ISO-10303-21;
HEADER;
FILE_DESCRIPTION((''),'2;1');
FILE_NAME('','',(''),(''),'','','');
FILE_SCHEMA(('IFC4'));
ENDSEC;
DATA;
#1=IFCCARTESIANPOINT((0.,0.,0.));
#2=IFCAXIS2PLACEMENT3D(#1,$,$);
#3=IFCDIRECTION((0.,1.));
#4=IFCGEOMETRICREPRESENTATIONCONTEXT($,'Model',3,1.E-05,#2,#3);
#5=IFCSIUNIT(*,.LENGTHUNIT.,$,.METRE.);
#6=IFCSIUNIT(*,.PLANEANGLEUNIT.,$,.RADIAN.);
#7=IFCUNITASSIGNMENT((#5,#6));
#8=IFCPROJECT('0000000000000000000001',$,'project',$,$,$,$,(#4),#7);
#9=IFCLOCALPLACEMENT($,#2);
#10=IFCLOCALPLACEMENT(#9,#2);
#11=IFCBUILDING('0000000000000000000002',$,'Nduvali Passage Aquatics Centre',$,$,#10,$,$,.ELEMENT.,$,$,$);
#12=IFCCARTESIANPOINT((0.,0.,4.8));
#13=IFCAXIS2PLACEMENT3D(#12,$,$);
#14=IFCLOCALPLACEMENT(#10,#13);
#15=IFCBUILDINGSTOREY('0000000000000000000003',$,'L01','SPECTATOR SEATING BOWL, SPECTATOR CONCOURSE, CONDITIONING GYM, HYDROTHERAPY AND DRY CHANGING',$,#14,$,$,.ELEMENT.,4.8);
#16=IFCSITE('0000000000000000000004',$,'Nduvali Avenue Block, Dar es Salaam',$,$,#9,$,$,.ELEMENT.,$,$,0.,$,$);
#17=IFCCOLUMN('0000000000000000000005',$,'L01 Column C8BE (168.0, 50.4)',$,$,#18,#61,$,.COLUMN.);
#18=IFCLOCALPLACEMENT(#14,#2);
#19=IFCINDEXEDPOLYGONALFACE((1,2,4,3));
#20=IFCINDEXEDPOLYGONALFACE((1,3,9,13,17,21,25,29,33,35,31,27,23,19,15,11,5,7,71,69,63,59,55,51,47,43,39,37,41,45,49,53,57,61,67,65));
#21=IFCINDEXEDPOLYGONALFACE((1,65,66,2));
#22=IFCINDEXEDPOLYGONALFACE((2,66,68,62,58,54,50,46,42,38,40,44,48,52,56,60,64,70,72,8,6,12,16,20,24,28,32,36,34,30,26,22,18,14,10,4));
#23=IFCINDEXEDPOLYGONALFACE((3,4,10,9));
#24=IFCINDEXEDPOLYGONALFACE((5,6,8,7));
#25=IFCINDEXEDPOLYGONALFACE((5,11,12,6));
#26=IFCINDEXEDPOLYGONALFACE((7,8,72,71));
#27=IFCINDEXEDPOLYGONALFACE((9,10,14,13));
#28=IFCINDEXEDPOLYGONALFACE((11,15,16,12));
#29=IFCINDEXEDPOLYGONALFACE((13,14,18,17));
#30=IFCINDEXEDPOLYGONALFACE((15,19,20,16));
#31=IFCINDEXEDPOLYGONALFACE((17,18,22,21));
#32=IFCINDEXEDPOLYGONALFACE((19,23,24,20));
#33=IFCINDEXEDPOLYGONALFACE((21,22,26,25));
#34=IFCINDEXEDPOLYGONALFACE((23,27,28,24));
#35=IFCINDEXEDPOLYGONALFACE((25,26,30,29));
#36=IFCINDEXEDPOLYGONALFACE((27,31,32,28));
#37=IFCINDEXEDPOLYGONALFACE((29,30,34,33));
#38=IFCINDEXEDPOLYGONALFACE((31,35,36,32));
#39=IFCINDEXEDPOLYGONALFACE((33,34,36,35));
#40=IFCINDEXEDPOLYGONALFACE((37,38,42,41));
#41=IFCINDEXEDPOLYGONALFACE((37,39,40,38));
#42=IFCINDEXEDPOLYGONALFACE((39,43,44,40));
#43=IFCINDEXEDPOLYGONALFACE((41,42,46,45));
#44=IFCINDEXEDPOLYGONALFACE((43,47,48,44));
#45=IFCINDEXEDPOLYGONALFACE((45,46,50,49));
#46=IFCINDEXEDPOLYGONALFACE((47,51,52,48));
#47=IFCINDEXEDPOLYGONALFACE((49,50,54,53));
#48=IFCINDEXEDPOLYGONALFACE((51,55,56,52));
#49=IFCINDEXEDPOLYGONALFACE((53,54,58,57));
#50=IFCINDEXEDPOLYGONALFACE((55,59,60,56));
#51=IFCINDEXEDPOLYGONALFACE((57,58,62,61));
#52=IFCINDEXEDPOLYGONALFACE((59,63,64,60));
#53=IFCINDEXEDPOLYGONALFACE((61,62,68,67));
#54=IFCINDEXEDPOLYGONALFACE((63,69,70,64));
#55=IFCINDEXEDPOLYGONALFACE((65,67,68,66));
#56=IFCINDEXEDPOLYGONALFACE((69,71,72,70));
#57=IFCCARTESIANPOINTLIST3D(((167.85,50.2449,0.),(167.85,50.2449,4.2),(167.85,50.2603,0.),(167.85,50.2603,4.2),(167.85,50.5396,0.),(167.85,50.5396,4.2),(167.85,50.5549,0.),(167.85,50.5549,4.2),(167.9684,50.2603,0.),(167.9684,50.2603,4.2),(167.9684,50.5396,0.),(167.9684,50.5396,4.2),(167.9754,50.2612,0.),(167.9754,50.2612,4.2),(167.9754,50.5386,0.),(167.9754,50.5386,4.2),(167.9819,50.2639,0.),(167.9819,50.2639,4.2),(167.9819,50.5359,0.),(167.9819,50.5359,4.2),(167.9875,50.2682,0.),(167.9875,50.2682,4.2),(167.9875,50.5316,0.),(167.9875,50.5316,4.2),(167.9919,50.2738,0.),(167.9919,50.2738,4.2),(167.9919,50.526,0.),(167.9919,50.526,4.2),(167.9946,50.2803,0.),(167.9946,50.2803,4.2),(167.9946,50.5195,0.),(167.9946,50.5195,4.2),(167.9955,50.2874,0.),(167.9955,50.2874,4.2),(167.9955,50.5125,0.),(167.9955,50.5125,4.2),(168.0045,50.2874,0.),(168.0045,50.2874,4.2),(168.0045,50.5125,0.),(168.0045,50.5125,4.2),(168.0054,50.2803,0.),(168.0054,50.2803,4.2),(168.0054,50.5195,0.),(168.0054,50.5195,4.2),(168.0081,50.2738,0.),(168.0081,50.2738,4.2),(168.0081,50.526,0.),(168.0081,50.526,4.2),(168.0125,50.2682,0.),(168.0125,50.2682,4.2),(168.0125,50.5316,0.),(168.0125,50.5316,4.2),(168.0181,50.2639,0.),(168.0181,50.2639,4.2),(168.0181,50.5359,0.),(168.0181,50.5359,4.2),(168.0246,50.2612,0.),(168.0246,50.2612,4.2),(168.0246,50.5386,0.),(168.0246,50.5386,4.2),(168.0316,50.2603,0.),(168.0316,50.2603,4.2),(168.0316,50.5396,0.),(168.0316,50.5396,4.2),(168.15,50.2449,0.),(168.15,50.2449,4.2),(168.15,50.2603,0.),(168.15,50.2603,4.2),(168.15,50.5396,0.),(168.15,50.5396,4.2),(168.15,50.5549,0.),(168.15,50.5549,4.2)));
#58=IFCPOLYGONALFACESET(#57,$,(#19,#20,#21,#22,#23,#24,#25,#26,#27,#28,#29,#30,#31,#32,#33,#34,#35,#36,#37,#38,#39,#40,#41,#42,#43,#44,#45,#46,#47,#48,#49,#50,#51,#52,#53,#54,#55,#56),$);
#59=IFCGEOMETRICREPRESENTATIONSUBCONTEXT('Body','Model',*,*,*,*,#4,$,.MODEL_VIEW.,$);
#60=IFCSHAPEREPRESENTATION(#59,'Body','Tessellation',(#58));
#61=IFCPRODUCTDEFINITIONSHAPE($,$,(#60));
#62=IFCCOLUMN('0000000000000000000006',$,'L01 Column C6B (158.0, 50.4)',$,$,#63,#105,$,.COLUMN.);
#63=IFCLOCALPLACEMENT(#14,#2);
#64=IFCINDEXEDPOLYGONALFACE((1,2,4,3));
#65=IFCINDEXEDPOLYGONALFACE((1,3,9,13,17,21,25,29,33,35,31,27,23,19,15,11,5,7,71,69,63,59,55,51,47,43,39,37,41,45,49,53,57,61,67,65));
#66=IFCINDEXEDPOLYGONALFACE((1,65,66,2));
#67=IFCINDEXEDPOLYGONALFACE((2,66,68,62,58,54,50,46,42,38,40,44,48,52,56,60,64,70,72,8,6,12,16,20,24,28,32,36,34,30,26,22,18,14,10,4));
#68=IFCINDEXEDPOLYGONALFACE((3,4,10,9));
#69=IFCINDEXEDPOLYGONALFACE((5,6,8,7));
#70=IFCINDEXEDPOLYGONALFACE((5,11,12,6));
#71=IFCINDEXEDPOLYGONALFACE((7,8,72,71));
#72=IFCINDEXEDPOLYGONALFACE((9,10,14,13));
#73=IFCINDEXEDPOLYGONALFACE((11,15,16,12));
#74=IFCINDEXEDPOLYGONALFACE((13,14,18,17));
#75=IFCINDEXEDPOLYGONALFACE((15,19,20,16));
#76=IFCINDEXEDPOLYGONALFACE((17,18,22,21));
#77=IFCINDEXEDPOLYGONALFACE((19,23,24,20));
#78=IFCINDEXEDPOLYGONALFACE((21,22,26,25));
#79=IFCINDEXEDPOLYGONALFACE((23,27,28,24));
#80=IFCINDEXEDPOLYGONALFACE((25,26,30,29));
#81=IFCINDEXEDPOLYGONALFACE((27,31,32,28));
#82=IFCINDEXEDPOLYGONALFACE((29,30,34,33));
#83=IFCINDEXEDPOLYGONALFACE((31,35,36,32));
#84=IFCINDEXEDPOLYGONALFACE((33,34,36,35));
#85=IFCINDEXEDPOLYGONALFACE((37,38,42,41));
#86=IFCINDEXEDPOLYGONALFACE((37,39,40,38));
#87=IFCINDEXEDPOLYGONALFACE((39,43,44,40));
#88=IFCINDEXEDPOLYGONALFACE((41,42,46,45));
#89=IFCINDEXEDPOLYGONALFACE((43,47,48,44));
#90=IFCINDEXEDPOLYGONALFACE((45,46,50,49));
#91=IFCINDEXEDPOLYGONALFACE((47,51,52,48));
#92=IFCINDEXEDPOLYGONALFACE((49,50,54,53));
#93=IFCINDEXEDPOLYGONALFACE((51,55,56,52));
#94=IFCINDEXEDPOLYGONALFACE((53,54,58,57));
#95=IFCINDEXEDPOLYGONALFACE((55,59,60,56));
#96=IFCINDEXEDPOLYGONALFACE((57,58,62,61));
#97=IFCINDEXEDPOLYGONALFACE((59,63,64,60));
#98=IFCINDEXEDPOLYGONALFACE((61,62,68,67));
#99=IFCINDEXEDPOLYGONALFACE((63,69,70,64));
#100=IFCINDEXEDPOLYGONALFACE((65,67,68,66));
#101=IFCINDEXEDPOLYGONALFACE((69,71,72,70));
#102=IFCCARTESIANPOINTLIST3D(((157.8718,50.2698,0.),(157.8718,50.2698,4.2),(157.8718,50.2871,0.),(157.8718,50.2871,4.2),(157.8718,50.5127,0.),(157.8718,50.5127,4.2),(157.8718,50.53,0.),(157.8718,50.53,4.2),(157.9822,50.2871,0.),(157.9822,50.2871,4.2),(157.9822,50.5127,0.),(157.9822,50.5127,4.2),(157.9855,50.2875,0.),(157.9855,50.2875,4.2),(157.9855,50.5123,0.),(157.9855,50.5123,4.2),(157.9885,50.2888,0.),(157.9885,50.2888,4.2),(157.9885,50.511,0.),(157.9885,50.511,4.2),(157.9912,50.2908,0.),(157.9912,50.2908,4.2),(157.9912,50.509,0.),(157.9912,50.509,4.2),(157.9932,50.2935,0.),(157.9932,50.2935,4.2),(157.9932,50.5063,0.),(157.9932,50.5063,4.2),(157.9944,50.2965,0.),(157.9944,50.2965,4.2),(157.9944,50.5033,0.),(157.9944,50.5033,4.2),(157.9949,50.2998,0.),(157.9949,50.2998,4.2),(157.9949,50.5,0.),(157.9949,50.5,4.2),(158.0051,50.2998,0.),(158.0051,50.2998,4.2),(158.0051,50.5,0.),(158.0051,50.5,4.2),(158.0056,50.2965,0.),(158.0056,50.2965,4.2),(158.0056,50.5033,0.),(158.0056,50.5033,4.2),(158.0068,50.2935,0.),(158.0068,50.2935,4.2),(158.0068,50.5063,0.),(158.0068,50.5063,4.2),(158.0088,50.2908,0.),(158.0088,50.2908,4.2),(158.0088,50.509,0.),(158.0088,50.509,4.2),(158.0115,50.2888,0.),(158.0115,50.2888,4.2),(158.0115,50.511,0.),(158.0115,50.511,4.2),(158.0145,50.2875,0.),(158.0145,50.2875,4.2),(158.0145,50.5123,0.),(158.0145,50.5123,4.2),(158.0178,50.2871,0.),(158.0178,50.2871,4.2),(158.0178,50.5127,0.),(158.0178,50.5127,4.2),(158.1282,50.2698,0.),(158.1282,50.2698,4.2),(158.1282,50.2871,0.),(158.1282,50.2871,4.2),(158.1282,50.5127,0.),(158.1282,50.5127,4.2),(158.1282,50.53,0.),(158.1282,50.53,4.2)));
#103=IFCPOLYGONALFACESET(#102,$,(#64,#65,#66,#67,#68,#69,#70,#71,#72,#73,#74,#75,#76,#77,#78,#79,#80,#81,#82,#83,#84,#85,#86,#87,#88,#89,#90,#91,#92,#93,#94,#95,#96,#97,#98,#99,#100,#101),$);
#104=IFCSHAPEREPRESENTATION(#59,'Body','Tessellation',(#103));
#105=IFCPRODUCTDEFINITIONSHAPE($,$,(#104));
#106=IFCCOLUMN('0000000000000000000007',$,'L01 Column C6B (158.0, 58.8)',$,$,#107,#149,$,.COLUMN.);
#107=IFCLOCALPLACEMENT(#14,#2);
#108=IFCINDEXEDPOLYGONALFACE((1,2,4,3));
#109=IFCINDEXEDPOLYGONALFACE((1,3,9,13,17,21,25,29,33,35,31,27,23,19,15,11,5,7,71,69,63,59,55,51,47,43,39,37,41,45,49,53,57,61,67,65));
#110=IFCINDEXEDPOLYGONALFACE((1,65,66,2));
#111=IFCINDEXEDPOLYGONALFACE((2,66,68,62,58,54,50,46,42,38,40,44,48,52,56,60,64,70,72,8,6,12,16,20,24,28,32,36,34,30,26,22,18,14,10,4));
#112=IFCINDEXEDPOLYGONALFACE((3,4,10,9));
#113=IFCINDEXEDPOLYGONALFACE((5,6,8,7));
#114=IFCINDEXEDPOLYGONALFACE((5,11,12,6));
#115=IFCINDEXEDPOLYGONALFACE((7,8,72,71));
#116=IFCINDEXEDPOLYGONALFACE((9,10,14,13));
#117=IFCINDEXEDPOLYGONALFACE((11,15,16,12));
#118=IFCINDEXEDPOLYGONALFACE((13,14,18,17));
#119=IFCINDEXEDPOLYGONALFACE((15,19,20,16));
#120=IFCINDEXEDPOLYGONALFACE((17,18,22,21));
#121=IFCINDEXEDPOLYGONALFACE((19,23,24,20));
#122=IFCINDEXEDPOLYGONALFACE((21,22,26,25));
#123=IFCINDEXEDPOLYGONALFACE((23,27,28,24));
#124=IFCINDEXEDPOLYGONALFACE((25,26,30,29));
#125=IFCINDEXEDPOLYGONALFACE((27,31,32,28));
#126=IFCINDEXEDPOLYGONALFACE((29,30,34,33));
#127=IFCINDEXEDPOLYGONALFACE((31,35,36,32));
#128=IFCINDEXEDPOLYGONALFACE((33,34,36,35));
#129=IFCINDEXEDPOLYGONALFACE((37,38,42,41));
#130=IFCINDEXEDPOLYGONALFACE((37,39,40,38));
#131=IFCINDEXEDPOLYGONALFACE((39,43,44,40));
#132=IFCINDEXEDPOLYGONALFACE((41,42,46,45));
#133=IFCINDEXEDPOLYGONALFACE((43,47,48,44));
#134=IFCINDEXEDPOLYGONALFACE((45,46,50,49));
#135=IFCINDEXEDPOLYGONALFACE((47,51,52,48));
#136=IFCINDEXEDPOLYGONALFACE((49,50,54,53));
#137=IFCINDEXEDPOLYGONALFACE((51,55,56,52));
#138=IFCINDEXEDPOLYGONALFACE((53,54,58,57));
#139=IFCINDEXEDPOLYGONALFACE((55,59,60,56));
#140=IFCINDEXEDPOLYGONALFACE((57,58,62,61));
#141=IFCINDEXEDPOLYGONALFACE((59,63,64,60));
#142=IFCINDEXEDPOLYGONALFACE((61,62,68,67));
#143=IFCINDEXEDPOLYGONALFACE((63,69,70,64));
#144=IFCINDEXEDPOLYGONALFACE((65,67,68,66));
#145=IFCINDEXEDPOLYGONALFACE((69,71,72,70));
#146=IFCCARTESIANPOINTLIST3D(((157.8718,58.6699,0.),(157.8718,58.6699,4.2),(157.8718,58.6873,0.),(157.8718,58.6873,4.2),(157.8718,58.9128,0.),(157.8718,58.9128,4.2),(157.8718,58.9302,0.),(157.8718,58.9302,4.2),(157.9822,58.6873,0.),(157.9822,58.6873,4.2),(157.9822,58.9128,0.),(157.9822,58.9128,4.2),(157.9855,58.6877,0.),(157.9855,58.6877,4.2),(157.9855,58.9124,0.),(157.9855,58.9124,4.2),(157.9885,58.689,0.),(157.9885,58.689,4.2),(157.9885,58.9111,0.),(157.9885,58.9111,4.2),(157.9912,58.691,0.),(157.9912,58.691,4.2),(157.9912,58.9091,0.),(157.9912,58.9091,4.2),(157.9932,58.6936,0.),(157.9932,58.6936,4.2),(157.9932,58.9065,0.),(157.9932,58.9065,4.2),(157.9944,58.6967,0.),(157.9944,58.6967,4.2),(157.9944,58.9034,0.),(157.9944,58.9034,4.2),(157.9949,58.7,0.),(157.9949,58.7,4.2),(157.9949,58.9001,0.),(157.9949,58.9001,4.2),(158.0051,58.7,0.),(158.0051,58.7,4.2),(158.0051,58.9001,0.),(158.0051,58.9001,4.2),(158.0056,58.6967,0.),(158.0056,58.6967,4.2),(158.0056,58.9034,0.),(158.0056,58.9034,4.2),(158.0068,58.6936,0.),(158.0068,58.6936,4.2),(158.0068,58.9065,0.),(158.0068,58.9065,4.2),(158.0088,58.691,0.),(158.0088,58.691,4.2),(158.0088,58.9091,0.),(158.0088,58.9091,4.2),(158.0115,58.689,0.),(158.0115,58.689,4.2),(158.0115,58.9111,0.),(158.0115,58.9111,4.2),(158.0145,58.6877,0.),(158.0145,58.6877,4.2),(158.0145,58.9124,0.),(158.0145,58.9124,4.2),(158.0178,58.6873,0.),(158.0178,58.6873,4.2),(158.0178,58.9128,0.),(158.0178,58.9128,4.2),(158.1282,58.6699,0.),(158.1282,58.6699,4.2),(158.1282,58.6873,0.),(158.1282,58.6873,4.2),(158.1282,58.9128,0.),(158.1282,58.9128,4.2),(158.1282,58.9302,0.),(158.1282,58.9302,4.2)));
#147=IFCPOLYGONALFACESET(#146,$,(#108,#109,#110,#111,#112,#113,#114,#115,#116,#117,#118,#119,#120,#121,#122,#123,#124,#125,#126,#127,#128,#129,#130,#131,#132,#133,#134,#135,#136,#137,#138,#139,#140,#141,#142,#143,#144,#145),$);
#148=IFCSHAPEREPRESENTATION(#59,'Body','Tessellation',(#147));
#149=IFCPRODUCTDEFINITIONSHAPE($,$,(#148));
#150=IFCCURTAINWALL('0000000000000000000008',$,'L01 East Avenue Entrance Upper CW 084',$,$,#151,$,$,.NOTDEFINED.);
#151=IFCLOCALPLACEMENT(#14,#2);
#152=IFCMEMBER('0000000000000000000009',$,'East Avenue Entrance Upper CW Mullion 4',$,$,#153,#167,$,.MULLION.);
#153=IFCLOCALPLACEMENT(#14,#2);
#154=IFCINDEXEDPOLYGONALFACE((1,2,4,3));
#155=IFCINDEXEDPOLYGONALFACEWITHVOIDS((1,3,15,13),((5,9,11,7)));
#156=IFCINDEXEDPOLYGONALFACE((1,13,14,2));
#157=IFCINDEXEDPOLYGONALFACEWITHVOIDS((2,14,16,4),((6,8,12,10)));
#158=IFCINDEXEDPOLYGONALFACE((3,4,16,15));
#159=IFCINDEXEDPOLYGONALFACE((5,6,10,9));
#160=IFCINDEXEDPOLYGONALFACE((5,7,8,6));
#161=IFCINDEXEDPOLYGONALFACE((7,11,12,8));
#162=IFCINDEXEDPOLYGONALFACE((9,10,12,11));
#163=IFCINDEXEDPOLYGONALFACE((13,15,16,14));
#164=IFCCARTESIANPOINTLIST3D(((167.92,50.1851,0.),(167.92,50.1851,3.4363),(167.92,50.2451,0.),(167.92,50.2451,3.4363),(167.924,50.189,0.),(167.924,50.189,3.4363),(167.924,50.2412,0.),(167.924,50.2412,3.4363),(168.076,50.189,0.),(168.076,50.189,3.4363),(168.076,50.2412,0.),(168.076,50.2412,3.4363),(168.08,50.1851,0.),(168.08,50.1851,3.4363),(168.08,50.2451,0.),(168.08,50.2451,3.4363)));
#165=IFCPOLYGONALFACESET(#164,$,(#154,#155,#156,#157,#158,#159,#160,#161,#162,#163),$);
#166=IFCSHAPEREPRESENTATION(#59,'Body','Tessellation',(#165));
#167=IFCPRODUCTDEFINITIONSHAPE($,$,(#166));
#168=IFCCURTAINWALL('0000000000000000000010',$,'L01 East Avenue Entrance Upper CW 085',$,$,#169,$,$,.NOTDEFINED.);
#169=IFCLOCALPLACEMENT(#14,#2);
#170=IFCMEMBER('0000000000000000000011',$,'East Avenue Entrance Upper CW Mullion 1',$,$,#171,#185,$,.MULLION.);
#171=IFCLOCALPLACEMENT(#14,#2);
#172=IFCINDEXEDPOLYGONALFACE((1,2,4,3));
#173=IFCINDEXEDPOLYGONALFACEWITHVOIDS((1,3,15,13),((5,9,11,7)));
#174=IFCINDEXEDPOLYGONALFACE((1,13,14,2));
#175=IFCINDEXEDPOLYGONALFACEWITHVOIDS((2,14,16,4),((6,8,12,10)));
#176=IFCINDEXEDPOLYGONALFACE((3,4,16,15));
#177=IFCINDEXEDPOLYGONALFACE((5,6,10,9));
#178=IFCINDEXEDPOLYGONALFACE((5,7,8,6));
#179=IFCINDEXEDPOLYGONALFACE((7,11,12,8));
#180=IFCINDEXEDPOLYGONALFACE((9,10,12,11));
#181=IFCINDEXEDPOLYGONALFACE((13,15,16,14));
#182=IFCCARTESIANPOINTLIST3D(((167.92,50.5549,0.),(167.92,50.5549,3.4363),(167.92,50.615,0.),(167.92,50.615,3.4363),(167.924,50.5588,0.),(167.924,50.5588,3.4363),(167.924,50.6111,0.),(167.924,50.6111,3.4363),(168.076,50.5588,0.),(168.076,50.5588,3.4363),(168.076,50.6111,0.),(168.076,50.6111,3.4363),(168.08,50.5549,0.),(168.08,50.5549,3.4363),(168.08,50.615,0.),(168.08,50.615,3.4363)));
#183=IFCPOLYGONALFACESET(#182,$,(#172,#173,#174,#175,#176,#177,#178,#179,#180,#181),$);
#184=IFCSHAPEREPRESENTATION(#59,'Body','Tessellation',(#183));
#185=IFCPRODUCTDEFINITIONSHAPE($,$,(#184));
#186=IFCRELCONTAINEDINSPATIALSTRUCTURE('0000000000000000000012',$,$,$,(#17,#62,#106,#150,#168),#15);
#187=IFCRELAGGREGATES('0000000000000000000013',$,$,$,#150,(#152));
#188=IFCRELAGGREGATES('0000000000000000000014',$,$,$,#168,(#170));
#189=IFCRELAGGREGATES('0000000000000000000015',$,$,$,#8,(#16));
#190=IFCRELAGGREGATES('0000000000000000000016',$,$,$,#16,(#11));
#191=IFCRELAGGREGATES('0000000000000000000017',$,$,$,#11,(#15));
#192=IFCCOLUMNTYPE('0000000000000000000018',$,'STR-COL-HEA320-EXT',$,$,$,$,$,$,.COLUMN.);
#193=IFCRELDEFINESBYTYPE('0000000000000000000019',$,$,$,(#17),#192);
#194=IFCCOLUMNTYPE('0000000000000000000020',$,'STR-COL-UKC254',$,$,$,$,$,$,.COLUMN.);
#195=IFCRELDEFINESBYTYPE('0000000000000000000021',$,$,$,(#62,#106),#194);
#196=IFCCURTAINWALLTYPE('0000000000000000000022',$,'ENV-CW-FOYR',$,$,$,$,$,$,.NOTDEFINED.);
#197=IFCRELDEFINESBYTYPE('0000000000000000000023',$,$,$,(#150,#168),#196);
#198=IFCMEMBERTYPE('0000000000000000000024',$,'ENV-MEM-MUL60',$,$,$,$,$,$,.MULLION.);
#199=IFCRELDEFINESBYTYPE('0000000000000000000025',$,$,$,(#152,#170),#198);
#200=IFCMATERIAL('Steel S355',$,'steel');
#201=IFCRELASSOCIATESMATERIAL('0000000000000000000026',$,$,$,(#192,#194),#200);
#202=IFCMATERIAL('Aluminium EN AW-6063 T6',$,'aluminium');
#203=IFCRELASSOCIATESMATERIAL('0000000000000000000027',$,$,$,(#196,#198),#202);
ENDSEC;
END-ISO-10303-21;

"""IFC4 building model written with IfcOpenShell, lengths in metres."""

from ifc_helpers import new_model, si_unit, direction, frame, origin, origin_2d, place, context, subcontext, project, spatial, hollow_rectangle, i_section, extrude, material, material_profile, profile_set, type_object, element, aggregate, save


model = new_model("IFC4")

# Units and contexts
model_context = context("Model", 3, precision=1e-05, world=origin(), true_north=direction((0.0, 1.0)))
body_context = subcontext(model_context, "Body", "Model", "MODEL_VIEW")
ifc_project = project(units=[si_unit("LENGTHUNIT", "METRE"), si_unit("PLANEANGLEUNIT", "RADIAN")], contexts=[model_context])

# Site, building, storey
site_placement = place(None, origin())
site = spatial("IfcSite", under=ifc_project, at=site_placement, Name="Nduvali Avenue Block, Dar es Salaam", CompositionType="ELEMENT", RefElevation=0.0)
building_placement = place(site_placement, origin())
building = spatial("IfcBuilding", under=site, at=building_placement, Name="Nduvali Passage Aquatics Centre", CompositionType="ELEMENT")
storey_placement = place(building_placement, frame((0.0, 0.0, 4.8)))
storey = spatial("IfcBuildingStorey", under=building, at=storey_placement, Name="L01", Description="SPECTATOR SEATING BOWL, SPECTATOR CONCOURSE, CONDITIONING GYM, HYDROTHERAPY AND DRY CHANGING", CompositionType="ELEMENT", Elevation=4.8)

# Columns
ifc_material_1 = material(Name="Steel S355", Category="steel")
ifc_material_profile_1 = material_profile(ifc_material_1, i_section(OverallWidth=0.3, OverallDepth=0.3101, WebThickness=0.009, FlangeThickness=0.0154, FilletRadius=0.0271, at=origin_2d()), Name="HEA 320")
ifc_profile_set_1 = profile_set([ifc_material_profile_1], Name="Steel S355")
column_type_1 = type_object("IfcColumnType", Name="STR-COL-HEA320-EXT", PredefinedType="COLUMN", material=ifc_profile_set_1)
column_placement = place(storey_placement, frame((168.0, 50.3999, 0.0), z_axis=(0.0, 0.0, 1.0), x_axis=(1.0, 0.0, 0.0)))
element("IfcColumn", 1, at=column_placement, inside=storey, type_object=column_type_1, Name="L01 Column C8BE (168.0, 50.4)", PredefinedType="COLUMN", context=body_context, shape_type="SweptSolid", body=[
    extrude(i_section(OverallWidth=0.3, OverallDepth=0.3101, WebThickness=0.009, FlangeThickness=0.0154, FilletRadius=0.0271, at=origin_2d()), origin(), (0.0, 0.0, 1.0), 4.2),
])
ifc_material_profile_2 = material_profile(ifc_material_1, i_section(OverallWidth=0.2563, OverallDepth=0.2603, WebThickness=0.0103, FlangeThickness=0.0173, FilletRadius=0.0127, at=origin_2d()), Name="UKC 254x254x89")
ifc_profile_set_2 = profile_set([ifc_material_profile_2], Name="Steel S355")
column_type_2 = type_object("IfcColumnType", Name="STR-COL-UKC254", PredefinedType="COLUMN", material=ifc_profile_set_2)
for number, where, z_axis, x_axis, name in (
    (2, (158.0, 50.3999, 0.0), (0.0, 0.0, 1.0), (1.0, 0.0, 0.0), "L01 Column C6B (158.0, 50.4)"),
    (3, (158.0, 58.8, 0.0), (0.0, 0.0, 1.0), (1.0, 0.0, 0.0), "L01 Column C6B (158.0, 58.8)"),
):
    element("IfcColumn", number, at=place(storey_placement, frame(where, z_axis=z_axis, x_axis=x_axis)), inside=storey, type_object=column_type_2, Name=name, PredefinedType="COLUMN", context=body_context, shape_type="SweptSolid", body=[
        extrude(i_section(OverallWidth=0.2563, OverallDepth=0.2603, WebThickness=0.0103, FlangeThickness=0.0173, FilletRadius=0.0127, at=origin_2d()), origin(), (0.0, 0.0, 1.0), 4.2),
    ])

# Curtain wall, member
ifc_material_2 = material(Name="Aluminium EN AW-6063 T6", Category="aluminium")
curtain_wall_type = type_object("IfcCurtainWallType", Name="ENV-CW-FOYR", PredefinedType="NOTDEFINED", material=ifc_material_2)
curtain_wall_1_placement = place(storey_placement, origin())
curtain_wall_1 = element("IfcCurtainWall", 4, at=curtain_wall_1_placement, inside=storey, type_object=curtain_wall_type, Name="L01 East Avenue Entrance Upper CW 084", PredefinedType="NOTDEFINED")
ifc_material_profile_3 = material_profile(ifc_material_2, hollow_rectangle(XDim=0.0601, YDim=0.1599, WallThickness=0.0039, at=origin_2d()), Name="ALU MULLION 60x160x4")
ifc_profile_set_3 = profile_set([ifc_material_profile_3], Name="Aluminium EN AW-6063 T6")
member_type_1 = type_object("IfcMemberType", Name="ENV-MEM-MUL60", PredefinedType="MULLION", material=ifc_profile_set_3)
member_1_placement = place(storey_placement, frame((168.0, 50.2151, 0.0), z_axis=(0.0, 0.0, 1.0), x_axis=(0.0, 1.0, 0.0)))
member_1 = element("IfcMember", 5, at=member_1_placement, type_object=member_type_1, Name="East Avenue Entrance Upper CW Mullion 4", PredefinedType="MULLION", context=body_context, shape_type="SweptSolid", body=[
    extrude(hollow_rectangle(XDim=0.0601, YDim=0.1599, WallThickness=0.0039, at=origin_2d()), origin(), (0.0, 0.0, 1.0), 3.4363),
])
aggregate(curtain_wall_1, [member_1])

# Curtain wall, member
curtain_wall_2_placement = place(storey_placement, origin())
curtain_wall_2 = element("IfcCurtainWall", 6, at=curtain_wall_2_placement, inside=storey, type_object=curtain_wall_type, Name="L01 East Avenue Entrance Upper CW 085", PredefinedType="NOTDEFINED")
member_2_placement = place(storey_placement, frame((168.0, 50.585, 0.0), z_axis=(0.0, 0.0, 1.0), x_axis=(0.0, 1.0, 0.0)))
member_2 = element("IfcMember", 7, at=member_2_placement, type_object=member_type_1, Name="East Avenue Entrance Upper CW Mullion 1", PredefinedType="MULLION", context=body_context, shape_type="SweptSolid", body=[
    extrude(hollow_rectangle(XDim=0.0601, YDim=0.1599, WallThickness=0.0039, at=origin_2d()), origin(), (0.0, 0.0, 1.0), 3.4363),
])
aggregate(curtain_wall_2, [member_2])

save(model, "model.ifc")
